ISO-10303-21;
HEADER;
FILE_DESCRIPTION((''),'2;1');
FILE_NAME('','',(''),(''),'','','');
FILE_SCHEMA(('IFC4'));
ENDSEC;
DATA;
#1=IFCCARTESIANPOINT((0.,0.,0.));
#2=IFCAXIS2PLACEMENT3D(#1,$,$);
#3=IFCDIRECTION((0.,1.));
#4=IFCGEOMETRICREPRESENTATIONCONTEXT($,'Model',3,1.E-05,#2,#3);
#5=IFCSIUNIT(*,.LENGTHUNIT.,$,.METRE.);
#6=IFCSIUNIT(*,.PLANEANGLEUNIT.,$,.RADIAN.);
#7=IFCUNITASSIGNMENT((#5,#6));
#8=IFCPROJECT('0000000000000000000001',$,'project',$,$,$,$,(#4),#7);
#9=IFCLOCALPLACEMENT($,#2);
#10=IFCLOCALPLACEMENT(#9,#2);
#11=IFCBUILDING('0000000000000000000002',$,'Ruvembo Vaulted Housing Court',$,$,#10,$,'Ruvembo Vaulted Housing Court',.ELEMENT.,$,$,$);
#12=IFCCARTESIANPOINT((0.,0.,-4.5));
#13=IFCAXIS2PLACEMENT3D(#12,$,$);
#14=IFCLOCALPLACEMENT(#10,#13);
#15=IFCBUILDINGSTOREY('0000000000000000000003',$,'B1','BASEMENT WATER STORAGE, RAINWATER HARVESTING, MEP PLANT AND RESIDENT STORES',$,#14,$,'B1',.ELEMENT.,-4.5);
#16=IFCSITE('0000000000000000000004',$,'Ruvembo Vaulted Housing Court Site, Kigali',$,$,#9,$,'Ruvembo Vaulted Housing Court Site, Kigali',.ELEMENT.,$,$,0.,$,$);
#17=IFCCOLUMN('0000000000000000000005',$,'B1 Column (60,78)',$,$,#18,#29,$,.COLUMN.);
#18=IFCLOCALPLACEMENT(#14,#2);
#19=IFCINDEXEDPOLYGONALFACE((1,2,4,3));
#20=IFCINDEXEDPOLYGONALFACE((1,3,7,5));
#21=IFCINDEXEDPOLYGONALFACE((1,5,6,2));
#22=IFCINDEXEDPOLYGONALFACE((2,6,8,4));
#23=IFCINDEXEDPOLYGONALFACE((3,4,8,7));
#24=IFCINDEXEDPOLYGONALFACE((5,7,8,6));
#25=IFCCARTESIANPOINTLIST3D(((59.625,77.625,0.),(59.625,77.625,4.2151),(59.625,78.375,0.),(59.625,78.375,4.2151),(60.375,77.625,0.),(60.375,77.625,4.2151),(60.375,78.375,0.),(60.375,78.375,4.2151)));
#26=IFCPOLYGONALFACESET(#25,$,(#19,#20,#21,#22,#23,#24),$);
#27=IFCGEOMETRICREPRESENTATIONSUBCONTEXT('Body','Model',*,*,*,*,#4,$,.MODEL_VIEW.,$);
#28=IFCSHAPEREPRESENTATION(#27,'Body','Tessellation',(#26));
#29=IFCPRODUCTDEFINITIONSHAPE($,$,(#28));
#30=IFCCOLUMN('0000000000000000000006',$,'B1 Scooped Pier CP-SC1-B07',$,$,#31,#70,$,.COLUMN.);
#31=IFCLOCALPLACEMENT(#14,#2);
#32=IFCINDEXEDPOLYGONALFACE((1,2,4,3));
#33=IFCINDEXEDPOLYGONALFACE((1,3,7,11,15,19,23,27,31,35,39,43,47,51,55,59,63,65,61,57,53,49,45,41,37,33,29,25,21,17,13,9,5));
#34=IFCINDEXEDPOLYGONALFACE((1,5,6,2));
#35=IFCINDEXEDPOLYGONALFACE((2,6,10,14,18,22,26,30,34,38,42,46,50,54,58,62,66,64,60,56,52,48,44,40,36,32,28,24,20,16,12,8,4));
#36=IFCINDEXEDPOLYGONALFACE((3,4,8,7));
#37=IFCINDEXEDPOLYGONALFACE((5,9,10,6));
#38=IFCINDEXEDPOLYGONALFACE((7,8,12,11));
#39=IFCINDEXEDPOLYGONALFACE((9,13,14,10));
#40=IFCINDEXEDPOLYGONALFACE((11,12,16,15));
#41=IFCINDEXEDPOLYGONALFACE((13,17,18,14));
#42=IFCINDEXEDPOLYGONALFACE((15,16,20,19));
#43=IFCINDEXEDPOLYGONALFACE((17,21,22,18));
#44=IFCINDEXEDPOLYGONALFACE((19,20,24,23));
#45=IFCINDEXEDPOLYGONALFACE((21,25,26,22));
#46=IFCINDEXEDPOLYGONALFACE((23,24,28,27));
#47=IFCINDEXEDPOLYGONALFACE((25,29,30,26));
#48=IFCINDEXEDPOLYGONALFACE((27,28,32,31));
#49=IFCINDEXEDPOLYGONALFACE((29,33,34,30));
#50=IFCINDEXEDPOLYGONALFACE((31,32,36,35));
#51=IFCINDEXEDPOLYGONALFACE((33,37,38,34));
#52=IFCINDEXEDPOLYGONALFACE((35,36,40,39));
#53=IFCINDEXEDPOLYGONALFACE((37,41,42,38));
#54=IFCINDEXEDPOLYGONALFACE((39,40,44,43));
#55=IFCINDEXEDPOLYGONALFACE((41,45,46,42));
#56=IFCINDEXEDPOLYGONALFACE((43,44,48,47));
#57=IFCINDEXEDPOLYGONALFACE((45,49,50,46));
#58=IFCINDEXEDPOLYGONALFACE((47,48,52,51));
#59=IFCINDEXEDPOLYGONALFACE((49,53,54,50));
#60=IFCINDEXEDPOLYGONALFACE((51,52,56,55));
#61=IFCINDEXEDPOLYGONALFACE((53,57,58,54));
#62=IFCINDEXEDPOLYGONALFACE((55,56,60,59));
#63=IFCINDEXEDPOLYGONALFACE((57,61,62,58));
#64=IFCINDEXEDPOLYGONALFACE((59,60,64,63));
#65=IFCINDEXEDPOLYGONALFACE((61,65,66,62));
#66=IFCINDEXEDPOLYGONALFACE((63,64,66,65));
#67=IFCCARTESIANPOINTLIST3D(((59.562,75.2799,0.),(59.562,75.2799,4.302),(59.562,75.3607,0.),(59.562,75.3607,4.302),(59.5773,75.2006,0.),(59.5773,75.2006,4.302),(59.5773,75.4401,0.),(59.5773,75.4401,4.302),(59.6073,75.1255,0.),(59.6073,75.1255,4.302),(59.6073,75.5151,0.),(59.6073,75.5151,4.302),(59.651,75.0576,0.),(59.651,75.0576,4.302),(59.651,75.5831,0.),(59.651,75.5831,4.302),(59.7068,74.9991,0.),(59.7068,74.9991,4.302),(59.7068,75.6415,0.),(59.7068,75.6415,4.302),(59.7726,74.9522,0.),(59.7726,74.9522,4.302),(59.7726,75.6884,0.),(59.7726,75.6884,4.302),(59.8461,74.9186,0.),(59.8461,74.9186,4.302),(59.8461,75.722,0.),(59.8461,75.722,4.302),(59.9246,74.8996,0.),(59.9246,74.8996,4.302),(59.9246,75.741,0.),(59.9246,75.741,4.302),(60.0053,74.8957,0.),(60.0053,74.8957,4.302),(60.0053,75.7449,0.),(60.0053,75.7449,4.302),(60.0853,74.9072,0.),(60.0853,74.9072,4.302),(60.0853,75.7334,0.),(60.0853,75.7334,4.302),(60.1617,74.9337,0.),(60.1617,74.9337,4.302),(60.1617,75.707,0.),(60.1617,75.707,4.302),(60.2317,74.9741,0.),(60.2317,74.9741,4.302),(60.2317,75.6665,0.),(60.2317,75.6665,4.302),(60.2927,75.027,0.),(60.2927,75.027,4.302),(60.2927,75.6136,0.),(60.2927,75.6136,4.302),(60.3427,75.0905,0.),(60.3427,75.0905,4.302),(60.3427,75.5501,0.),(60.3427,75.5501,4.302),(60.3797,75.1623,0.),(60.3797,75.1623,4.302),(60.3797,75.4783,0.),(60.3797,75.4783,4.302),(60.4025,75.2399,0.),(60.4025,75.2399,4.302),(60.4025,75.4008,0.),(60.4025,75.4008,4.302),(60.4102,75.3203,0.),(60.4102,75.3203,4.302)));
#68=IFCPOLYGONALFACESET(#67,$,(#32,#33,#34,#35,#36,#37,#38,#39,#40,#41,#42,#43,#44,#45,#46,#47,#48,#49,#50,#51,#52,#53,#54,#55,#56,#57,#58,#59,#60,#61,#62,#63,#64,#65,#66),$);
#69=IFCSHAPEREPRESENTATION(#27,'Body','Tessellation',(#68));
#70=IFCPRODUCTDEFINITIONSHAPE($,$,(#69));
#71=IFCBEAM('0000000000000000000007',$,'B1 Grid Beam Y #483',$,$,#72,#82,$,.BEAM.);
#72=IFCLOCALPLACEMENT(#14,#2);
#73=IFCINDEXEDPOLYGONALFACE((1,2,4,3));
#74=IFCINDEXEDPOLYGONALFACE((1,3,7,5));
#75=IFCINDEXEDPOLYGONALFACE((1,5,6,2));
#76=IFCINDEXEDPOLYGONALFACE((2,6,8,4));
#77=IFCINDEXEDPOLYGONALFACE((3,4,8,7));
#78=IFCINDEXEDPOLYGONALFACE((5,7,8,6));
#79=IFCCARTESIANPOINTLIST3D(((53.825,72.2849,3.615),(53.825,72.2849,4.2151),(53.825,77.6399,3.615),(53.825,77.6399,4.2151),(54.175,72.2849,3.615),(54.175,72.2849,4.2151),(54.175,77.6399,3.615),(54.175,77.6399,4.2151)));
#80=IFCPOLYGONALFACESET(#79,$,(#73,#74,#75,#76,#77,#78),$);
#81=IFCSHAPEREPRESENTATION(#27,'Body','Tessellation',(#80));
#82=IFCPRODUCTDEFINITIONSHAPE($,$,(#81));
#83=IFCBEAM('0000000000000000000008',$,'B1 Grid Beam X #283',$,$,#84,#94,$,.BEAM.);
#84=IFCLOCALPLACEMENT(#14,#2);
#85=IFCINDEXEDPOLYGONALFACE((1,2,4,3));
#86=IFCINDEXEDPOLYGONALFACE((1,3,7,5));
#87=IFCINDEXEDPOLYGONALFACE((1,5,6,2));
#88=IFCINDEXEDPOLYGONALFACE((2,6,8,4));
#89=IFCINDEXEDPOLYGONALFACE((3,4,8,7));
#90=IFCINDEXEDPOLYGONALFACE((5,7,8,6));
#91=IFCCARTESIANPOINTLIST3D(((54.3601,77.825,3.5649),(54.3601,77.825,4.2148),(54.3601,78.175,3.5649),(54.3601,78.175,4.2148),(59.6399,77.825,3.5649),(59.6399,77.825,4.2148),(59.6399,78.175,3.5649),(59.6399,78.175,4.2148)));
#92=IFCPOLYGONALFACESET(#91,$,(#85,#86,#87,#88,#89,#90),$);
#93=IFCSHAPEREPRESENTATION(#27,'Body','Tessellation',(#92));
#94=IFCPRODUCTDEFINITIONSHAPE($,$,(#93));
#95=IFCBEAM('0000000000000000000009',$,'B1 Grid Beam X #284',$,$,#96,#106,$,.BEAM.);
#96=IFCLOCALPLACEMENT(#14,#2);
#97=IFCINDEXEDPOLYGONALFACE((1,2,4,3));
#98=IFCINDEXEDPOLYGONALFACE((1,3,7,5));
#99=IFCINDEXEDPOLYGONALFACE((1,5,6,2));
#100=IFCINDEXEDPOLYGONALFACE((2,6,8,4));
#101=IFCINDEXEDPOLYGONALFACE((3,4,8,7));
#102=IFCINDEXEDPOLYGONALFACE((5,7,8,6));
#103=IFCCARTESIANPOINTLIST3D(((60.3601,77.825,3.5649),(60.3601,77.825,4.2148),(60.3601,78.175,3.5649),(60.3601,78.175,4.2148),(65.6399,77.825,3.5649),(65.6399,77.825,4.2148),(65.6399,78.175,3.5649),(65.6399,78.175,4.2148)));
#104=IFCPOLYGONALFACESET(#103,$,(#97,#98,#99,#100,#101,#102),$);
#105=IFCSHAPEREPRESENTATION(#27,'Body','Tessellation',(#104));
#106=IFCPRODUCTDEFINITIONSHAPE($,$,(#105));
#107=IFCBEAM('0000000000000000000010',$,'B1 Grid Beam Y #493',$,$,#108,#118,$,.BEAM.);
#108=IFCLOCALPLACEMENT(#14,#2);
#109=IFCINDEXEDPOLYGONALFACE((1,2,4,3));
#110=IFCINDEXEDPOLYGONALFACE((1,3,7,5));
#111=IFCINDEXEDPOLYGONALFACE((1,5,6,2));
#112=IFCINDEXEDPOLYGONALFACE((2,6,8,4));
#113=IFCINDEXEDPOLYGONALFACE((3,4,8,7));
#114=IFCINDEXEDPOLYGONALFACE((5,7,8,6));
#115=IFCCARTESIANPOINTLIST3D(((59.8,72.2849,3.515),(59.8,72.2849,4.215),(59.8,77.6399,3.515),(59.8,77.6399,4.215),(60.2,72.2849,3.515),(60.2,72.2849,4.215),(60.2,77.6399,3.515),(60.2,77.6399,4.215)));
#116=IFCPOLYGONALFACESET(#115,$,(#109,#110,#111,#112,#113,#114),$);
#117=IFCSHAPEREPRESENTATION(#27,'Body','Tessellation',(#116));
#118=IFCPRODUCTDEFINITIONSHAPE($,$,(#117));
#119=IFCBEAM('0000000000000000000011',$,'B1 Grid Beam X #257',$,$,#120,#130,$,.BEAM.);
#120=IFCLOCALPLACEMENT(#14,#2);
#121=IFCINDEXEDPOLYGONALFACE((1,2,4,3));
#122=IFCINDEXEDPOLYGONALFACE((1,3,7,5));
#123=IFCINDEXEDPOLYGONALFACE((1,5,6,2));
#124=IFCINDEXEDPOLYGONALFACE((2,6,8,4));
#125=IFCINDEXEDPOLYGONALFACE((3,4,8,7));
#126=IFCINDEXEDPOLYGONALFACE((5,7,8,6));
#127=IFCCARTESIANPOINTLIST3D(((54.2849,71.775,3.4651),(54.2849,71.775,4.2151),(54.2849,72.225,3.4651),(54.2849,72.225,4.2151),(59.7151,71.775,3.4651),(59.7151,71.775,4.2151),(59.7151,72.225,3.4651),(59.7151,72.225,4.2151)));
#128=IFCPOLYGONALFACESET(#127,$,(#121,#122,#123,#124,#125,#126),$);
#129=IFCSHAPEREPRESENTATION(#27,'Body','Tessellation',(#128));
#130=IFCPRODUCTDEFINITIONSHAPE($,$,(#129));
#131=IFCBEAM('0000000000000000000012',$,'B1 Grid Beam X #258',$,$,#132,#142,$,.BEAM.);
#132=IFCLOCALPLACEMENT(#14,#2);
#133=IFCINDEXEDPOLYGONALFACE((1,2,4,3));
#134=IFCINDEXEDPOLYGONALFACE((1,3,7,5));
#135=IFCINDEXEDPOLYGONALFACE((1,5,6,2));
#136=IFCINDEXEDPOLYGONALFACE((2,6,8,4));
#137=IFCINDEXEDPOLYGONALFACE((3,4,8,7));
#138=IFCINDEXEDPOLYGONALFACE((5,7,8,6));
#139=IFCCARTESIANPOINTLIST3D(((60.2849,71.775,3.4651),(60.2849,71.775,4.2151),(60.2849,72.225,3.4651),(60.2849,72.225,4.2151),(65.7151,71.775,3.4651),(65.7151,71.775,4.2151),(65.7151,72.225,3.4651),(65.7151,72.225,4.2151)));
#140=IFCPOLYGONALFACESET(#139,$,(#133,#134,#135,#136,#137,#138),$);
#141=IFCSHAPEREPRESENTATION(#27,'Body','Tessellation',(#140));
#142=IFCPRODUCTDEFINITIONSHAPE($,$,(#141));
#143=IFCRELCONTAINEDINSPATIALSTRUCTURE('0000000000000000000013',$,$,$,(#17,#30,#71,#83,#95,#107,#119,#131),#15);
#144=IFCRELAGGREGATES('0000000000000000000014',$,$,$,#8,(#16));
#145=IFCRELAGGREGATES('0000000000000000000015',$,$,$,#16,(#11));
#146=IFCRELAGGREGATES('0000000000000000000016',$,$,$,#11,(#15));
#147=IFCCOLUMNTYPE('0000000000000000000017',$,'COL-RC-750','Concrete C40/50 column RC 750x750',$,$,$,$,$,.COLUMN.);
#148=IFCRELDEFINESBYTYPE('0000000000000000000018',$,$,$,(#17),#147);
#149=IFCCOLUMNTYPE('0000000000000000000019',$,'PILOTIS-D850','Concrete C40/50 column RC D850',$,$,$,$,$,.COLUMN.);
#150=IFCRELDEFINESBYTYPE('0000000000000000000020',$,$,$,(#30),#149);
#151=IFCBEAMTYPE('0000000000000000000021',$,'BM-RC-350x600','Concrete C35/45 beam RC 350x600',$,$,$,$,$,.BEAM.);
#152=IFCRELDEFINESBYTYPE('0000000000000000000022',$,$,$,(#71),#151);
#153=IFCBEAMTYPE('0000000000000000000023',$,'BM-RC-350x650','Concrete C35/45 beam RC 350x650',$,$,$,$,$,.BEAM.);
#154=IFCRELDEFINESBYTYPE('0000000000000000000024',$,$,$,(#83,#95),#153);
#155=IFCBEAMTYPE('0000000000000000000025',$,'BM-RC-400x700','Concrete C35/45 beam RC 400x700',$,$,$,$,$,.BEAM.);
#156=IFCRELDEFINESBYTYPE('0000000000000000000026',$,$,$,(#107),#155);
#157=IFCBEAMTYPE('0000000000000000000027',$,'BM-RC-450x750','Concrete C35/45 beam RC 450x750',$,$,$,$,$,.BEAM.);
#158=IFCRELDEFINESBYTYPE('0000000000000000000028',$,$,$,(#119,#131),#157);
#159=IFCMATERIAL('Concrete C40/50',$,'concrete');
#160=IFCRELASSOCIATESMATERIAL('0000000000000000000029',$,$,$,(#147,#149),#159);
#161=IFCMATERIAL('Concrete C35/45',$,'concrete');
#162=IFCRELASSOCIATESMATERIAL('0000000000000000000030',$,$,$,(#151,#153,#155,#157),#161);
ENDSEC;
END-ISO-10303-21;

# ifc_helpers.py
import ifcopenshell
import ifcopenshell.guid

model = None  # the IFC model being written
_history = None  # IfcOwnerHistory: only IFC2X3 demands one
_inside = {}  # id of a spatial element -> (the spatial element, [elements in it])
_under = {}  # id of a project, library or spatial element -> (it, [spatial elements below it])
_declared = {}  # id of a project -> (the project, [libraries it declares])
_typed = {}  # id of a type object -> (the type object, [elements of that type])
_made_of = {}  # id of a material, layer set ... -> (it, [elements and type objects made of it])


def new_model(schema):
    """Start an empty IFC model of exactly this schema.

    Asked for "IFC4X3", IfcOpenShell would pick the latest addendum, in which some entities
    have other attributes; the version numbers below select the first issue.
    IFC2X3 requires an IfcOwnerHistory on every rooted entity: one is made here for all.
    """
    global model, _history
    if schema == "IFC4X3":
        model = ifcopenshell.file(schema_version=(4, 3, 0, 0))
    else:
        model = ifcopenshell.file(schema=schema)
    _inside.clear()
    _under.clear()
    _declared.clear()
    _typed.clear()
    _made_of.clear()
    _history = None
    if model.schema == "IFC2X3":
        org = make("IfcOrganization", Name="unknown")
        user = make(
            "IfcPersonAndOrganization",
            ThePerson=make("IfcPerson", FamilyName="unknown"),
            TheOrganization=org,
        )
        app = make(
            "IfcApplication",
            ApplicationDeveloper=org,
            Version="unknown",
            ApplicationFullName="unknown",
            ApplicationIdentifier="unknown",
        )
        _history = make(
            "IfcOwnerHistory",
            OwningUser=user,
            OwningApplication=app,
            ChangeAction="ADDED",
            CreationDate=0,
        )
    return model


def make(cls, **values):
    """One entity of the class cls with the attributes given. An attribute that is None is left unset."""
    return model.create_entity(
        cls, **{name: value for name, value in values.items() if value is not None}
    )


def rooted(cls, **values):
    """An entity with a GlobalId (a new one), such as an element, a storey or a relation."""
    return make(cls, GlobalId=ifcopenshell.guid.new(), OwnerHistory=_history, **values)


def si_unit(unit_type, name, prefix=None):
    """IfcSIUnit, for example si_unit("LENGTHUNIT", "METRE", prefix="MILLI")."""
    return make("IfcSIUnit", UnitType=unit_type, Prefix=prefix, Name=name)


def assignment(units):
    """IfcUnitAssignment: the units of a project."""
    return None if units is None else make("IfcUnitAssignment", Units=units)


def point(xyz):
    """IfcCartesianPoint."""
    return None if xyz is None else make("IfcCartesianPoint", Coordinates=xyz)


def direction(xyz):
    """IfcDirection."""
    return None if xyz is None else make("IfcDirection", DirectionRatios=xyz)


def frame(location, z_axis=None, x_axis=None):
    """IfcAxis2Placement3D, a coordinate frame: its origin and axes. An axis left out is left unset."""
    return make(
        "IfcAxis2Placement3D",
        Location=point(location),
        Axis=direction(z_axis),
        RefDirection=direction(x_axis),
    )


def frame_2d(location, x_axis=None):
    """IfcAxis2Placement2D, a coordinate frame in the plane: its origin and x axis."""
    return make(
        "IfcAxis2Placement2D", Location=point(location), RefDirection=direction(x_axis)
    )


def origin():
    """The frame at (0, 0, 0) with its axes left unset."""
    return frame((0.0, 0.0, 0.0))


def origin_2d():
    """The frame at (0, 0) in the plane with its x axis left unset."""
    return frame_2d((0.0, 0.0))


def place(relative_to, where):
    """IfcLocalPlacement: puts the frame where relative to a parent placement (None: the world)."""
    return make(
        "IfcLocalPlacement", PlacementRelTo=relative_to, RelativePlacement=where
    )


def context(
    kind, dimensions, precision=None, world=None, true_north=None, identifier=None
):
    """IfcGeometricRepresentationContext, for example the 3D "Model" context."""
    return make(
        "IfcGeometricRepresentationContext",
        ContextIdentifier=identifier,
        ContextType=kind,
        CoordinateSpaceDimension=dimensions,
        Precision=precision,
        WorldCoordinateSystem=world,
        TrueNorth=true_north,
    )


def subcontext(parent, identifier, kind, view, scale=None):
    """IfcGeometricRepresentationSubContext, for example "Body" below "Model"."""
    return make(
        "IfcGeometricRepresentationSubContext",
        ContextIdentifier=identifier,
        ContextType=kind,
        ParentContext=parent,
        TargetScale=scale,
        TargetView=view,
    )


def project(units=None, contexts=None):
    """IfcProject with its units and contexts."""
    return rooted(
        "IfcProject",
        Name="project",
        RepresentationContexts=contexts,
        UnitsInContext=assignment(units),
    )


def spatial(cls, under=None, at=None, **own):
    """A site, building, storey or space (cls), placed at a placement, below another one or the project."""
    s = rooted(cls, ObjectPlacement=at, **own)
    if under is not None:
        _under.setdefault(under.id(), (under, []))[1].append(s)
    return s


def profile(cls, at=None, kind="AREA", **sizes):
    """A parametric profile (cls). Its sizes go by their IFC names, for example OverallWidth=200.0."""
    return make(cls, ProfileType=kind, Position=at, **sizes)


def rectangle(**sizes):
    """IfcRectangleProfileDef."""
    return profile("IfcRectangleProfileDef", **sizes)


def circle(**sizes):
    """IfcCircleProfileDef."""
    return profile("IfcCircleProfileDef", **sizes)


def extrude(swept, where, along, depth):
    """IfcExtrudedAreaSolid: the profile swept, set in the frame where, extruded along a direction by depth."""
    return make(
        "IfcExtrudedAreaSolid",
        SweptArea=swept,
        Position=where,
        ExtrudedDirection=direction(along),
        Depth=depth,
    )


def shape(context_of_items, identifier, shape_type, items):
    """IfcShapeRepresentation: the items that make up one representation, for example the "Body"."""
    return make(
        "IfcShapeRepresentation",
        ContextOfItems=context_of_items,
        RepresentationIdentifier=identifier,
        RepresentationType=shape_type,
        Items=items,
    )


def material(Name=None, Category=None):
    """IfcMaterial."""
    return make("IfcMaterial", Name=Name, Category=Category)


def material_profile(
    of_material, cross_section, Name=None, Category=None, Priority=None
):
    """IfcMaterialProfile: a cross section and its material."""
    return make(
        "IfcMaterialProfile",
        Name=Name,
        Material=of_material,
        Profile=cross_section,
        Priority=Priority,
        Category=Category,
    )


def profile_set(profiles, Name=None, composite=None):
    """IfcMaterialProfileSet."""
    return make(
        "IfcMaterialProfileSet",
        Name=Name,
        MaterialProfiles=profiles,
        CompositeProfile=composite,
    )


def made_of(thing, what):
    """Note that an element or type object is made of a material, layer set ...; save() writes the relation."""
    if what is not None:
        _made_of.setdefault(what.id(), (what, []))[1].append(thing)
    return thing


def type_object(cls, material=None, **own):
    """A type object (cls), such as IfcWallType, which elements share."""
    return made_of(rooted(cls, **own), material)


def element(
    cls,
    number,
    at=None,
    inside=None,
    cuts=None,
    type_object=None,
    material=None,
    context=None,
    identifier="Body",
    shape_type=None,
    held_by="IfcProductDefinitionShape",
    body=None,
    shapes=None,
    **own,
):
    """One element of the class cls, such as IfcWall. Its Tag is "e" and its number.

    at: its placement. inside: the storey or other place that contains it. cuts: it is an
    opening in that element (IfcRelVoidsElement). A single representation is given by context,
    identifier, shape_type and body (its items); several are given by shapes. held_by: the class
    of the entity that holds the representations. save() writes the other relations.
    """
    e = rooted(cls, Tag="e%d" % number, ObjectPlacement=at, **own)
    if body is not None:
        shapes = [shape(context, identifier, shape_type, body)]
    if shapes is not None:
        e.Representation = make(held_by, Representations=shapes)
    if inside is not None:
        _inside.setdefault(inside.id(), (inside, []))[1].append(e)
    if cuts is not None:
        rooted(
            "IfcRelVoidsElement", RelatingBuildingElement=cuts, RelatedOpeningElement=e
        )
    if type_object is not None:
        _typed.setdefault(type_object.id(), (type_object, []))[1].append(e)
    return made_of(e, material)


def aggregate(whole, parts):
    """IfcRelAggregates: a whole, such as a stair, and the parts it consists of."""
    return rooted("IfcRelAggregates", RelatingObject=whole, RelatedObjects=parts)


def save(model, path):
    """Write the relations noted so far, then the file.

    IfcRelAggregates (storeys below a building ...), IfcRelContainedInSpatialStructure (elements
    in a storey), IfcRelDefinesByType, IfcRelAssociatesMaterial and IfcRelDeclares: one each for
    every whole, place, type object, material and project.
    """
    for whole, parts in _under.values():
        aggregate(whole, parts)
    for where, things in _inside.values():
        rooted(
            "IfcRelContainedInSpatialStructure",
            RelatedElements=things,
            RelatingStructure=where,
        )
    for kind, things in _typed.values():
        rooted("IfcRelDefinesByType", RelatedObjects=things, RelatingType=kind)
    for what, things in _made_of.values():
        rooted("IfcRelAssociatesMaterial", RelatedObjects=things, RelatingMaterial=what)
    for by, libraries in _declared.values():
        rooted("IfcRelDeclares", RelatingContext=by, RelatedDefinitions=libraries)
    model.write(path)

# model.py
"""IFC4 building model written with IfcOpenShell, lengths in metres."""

from ifc_helpers import new_model, si_unit, direction, frame, origin, origin_2d, place, context, subcontext, project, spatial, rectangle, circle, extrude, material, material_profile, profile_set, type_object, element, save


model = new_model("IFC4")

# Units and contexts
model_context = context("Model", 3, precision=1e-05, world=origin(), true_north=direction((0.0, 1.0)))
body_context = subcontext(model_context, "Body", "Model", "MODEL_VIEW")
ifc_project = project(units=[si_unit("LENGTHUNIT", "METRE"), si_unit("PLANEANGLEUNIT", "RADIAN")], contexts=[model_context])

# Site, building, storey
site_placement = place(None, origin())
site = spatial("IfcSite", under=ifc_project, at=site_placement, Name="Ruvembo Vaulted Housing Court Site, Kigali", LongName="Ruvembo Vaulted Housing Court Site, Kigali", CompositionType="ELEMENT", RefElevation=0.0)
building_placement = place(site_placement, origin())
building = spatial("IfcBuilding", under=site, at=building_placement, Name="Ruvembo Vaulted Housing Court", LongName="Ruvembo Vaulted Housing Court", CompositionType="ELEMENT")
storey_placement = place(building_placement, frame((0.0, 0.0, -4.5)))
storey = spatial("IfcBuildingStorey", under=building, at=storey_placement, Name="B1", Description="BASEMENT WATER STORAGE, RAINWATER HARVESTING, MEP PLANT AND RESIDENT STORES", LongName="B1", CompositionType="ELEMENT", Elevation=-4.5)

# Shared definitions
ifc_material_1 = material(Name="Concrete C35/45", Category="concrete")

# Columns
ifc_material_2 = material(Name="Concrete C40/50", Category="concrete")
ifc_material_profile_1 = material_profile(ifc_material_2, rectangle(XDim=0.75, YDim=0.75, at=origin_2d()), Name="RC 750x750")
ifc_profile_set_1 = profile_set([ifc_material_profile_1], Name="Concrete C40/50")
column_type_1 = type_object("IfcColumnType", Name="COL-RC-750", Description="Concrete C40/50 column RC 750x750", PredefinedType="COLUMN", material=ifc_profile_set_1)
for number, where, z_axis, x_axis, name in (
    (1, (60.0, 78.0, 0.0), (0.0, 0.0, 1.0), (1.0, 0.0, 0.0), "B1 Column (60,78)"),
):
    element("IfcColumn", number, at=place(storey_placement, frame(where, z_axis=z_axis, x_axis=x_axis)), inside=storey, type_object=column_type_1, Name=name, PredefinedType="COLUMN", context=body_context, shape_type="SweptSolid", body=[
        extrude(rectangle(XDim=0.75, YDim=0.75, at=origin_2d()), origin(), (0.0, 0.0, 1.0), 4.2151),
    ])
ifc_material_profile_2 = material_profile(ifc_material_2, circle(Radius=0.425, at=origin_2d()), Name="RC D850")
ifc_profile_set_2 = profile_set([ifc_material_profile_2], Name="Concrete C40/50")
column_type_2 = type_object("IfcColumnType", Name="PILOTIS-D850", Description="Concrete C40/50 column RC D850", PredefinedType="COLUMN", material=ifc_profile_set_2)
column_placement = place(storey_placement, frame((59.9851, 75.3203, 0.0), z_axis=(0.0, 0.0, 1.0), x_axis=(1.0, 0.0, 0.0)))
element("IfcColumn", 2, at=column_placement, inside=storey, type_object=column_type_2, Name="B1 Scooped Pier CP-SC1-B07", PredefinedType="COLUMN", context=body_context, shape_type="SweptSolid", body=[
    extrude(circle(Radius=0.425, at=origin_2d()), origin(), (0.0, 0.0, 1.0), 4.302),
])

# Beams
ifc_material_profile_3 = material_profile(ifc_material_1, rectangle(XDim=0.3501, YDim=0.6001, at=origin_2d()), Name="RC 350x600")
ifc_profile_set_3 = profile_set([ifc_material_profile_3], Name="Concrete C35/45")
beam_type_1 = type_object("IfcBeamType", Name="BM-RC-350x600", Description="Concrete C35/45 beam RC 350x600", PredefinedType="BEAM", material=ifc_profile_set_3)
beam_1_placement = place(storey_placement, frame((54.0, 72.2849, 3.915), z_axis=(0.0, 1.0, 0.0), x_axis=(-1.0, 0.0, 0.0)))
element("IfcBeam", 3, at=beam_1_placement, inside=storey, type_object=beam_type_1, Name="B1 Grid Beam Y #483", PredefinedType="BEAM", context=body_context, shape_type="SweptSolid", body=[
    extrude(rectangle(XDim=0.3501, YDim=0.6001, at=origin_2d()), origin(), (0.0, 0.0, 1.0), 5.355),
])
ifc_material_profile_4 = material_profile(ifc_material_1, rectangle(XDim=0.3501, YDim=0.6499, at=origin_2d()), Name="RC 350x650")
ifc_profile_set_4 = profile_set([ifc_material_profile_4], Name="Concrete C35/45")
beam_type_2 = type_object("IfcBeamType", Name="BM-RC-350x650", Description="Concrete C35/45 beam RC 350x650", PredefinedType="BEAM", material=ifc_profile_set_4)
for number, where, z_axis, x_axis, name in (
    (4, (54.3601, 78.0, 3.8899), (1.0, 0.0, 0.0), (0.0, 1.0, 0.0), "B1 Grid Beam X #283"),
    (5, (60.3601, 78.0, 3.8899), (1.0, 0.0, 0.0), (0.0, 1.0, 0.0), "B1 Grid Beam X #284"),
):
    element("IfcBeam", number, at=place(storey_placement, frame(where, z_axis=z_axis, x_axis=x_axis)), inside=storey, type_object=beam_type_2, Name=name, PredefinedType="BEAM", context=body_context, shape_type="SweptSolid", body=[
        extrude(rectangle(XDim=0.3501, YDim=0.6499, at=origin_2d()), origin(), (0.0, 0.0, 1.0), 5.2798),
    ])
ifc_material_profile_5 = material_profile(ifc_material_1, rectangle(XDim=0.3999, YDim=0.7, at=origin_2d()), Name="RC 400x700")
ifc_profile_set_5 = profile_set([ifc_material_profile_5], Name="Concrete C35/45")
beam_type_3 = type_object("IfcBeamType", Name="BM-RC-400x700", Description="Concrete C35/45 beam RC 400x700", PredefinedType="BEAM", material=ifc_profile_set_5)
beam_2_placement = place(storey_placement, frame((60.0, 72.2849, 3.865), z_axis=(0.0, 1.0, 0.0), x_axis=(-1.0, 0.0, 0.0)))
element("IfcBeam", 6, at=beam_2_placement, inside=storey, type_object=beam_type_3, Name="B1 Grid Beam Y #493", PredefinedType="BEAM", context=body_context, shape_type="SweptSolid", body=[
    extrude(rectangle(XDim=0.3999, YDim=0.7, at=origin_2d()), origin(), (0.0, 0.0, 1.0), 5.355),
])
ifc_material_profile_6 = material_profile(ifc_material_1, rectangle(XDim=0.45, YDim=0.75, at=origin_2d()), Name="RC 450x750")
ifc_profile_set_6 = profile_set([ifc_material_profile_6], Name="Concrete C35/45")
beam_type_4 = type_object("IfcBeamType", Name="BM-RC-450x750", Description="Concrete C35/45 beam RC 450x750", PredefinedType="BEAM", material=ifc_profile_set_6)
for number, where, z_axis, x_axis, name in (
    (7, (54.2849, 72.0, 3.8401), (1.0, 0.0, 0.0), (0.0, 1.0, 0.0), "B1 Grid Beam X #257"),
    (8, (60.2849, 72.0, 3.8401), (1.0, 0.0, 0.0), (0.0, 1.0, 0.0), "B1 Grid Beam X #258"),
):
    element("IfcBeam", number, at=place(storey_placement, frame(where, z_axis=z_axis, x_axis=x_axis)), inside=storey, type_object=beam_type_4, Name=name, PredefinedType="BEAM", context=body_context, shape_type="SweptSolid", body=[
        extrude(rectangle(XDim=0.45, YDim=0.75, at=origin_2d()), origin(), (0.0, 0.0, 1.0), 5.4302),
    ])

save(model, "model.ifc")
